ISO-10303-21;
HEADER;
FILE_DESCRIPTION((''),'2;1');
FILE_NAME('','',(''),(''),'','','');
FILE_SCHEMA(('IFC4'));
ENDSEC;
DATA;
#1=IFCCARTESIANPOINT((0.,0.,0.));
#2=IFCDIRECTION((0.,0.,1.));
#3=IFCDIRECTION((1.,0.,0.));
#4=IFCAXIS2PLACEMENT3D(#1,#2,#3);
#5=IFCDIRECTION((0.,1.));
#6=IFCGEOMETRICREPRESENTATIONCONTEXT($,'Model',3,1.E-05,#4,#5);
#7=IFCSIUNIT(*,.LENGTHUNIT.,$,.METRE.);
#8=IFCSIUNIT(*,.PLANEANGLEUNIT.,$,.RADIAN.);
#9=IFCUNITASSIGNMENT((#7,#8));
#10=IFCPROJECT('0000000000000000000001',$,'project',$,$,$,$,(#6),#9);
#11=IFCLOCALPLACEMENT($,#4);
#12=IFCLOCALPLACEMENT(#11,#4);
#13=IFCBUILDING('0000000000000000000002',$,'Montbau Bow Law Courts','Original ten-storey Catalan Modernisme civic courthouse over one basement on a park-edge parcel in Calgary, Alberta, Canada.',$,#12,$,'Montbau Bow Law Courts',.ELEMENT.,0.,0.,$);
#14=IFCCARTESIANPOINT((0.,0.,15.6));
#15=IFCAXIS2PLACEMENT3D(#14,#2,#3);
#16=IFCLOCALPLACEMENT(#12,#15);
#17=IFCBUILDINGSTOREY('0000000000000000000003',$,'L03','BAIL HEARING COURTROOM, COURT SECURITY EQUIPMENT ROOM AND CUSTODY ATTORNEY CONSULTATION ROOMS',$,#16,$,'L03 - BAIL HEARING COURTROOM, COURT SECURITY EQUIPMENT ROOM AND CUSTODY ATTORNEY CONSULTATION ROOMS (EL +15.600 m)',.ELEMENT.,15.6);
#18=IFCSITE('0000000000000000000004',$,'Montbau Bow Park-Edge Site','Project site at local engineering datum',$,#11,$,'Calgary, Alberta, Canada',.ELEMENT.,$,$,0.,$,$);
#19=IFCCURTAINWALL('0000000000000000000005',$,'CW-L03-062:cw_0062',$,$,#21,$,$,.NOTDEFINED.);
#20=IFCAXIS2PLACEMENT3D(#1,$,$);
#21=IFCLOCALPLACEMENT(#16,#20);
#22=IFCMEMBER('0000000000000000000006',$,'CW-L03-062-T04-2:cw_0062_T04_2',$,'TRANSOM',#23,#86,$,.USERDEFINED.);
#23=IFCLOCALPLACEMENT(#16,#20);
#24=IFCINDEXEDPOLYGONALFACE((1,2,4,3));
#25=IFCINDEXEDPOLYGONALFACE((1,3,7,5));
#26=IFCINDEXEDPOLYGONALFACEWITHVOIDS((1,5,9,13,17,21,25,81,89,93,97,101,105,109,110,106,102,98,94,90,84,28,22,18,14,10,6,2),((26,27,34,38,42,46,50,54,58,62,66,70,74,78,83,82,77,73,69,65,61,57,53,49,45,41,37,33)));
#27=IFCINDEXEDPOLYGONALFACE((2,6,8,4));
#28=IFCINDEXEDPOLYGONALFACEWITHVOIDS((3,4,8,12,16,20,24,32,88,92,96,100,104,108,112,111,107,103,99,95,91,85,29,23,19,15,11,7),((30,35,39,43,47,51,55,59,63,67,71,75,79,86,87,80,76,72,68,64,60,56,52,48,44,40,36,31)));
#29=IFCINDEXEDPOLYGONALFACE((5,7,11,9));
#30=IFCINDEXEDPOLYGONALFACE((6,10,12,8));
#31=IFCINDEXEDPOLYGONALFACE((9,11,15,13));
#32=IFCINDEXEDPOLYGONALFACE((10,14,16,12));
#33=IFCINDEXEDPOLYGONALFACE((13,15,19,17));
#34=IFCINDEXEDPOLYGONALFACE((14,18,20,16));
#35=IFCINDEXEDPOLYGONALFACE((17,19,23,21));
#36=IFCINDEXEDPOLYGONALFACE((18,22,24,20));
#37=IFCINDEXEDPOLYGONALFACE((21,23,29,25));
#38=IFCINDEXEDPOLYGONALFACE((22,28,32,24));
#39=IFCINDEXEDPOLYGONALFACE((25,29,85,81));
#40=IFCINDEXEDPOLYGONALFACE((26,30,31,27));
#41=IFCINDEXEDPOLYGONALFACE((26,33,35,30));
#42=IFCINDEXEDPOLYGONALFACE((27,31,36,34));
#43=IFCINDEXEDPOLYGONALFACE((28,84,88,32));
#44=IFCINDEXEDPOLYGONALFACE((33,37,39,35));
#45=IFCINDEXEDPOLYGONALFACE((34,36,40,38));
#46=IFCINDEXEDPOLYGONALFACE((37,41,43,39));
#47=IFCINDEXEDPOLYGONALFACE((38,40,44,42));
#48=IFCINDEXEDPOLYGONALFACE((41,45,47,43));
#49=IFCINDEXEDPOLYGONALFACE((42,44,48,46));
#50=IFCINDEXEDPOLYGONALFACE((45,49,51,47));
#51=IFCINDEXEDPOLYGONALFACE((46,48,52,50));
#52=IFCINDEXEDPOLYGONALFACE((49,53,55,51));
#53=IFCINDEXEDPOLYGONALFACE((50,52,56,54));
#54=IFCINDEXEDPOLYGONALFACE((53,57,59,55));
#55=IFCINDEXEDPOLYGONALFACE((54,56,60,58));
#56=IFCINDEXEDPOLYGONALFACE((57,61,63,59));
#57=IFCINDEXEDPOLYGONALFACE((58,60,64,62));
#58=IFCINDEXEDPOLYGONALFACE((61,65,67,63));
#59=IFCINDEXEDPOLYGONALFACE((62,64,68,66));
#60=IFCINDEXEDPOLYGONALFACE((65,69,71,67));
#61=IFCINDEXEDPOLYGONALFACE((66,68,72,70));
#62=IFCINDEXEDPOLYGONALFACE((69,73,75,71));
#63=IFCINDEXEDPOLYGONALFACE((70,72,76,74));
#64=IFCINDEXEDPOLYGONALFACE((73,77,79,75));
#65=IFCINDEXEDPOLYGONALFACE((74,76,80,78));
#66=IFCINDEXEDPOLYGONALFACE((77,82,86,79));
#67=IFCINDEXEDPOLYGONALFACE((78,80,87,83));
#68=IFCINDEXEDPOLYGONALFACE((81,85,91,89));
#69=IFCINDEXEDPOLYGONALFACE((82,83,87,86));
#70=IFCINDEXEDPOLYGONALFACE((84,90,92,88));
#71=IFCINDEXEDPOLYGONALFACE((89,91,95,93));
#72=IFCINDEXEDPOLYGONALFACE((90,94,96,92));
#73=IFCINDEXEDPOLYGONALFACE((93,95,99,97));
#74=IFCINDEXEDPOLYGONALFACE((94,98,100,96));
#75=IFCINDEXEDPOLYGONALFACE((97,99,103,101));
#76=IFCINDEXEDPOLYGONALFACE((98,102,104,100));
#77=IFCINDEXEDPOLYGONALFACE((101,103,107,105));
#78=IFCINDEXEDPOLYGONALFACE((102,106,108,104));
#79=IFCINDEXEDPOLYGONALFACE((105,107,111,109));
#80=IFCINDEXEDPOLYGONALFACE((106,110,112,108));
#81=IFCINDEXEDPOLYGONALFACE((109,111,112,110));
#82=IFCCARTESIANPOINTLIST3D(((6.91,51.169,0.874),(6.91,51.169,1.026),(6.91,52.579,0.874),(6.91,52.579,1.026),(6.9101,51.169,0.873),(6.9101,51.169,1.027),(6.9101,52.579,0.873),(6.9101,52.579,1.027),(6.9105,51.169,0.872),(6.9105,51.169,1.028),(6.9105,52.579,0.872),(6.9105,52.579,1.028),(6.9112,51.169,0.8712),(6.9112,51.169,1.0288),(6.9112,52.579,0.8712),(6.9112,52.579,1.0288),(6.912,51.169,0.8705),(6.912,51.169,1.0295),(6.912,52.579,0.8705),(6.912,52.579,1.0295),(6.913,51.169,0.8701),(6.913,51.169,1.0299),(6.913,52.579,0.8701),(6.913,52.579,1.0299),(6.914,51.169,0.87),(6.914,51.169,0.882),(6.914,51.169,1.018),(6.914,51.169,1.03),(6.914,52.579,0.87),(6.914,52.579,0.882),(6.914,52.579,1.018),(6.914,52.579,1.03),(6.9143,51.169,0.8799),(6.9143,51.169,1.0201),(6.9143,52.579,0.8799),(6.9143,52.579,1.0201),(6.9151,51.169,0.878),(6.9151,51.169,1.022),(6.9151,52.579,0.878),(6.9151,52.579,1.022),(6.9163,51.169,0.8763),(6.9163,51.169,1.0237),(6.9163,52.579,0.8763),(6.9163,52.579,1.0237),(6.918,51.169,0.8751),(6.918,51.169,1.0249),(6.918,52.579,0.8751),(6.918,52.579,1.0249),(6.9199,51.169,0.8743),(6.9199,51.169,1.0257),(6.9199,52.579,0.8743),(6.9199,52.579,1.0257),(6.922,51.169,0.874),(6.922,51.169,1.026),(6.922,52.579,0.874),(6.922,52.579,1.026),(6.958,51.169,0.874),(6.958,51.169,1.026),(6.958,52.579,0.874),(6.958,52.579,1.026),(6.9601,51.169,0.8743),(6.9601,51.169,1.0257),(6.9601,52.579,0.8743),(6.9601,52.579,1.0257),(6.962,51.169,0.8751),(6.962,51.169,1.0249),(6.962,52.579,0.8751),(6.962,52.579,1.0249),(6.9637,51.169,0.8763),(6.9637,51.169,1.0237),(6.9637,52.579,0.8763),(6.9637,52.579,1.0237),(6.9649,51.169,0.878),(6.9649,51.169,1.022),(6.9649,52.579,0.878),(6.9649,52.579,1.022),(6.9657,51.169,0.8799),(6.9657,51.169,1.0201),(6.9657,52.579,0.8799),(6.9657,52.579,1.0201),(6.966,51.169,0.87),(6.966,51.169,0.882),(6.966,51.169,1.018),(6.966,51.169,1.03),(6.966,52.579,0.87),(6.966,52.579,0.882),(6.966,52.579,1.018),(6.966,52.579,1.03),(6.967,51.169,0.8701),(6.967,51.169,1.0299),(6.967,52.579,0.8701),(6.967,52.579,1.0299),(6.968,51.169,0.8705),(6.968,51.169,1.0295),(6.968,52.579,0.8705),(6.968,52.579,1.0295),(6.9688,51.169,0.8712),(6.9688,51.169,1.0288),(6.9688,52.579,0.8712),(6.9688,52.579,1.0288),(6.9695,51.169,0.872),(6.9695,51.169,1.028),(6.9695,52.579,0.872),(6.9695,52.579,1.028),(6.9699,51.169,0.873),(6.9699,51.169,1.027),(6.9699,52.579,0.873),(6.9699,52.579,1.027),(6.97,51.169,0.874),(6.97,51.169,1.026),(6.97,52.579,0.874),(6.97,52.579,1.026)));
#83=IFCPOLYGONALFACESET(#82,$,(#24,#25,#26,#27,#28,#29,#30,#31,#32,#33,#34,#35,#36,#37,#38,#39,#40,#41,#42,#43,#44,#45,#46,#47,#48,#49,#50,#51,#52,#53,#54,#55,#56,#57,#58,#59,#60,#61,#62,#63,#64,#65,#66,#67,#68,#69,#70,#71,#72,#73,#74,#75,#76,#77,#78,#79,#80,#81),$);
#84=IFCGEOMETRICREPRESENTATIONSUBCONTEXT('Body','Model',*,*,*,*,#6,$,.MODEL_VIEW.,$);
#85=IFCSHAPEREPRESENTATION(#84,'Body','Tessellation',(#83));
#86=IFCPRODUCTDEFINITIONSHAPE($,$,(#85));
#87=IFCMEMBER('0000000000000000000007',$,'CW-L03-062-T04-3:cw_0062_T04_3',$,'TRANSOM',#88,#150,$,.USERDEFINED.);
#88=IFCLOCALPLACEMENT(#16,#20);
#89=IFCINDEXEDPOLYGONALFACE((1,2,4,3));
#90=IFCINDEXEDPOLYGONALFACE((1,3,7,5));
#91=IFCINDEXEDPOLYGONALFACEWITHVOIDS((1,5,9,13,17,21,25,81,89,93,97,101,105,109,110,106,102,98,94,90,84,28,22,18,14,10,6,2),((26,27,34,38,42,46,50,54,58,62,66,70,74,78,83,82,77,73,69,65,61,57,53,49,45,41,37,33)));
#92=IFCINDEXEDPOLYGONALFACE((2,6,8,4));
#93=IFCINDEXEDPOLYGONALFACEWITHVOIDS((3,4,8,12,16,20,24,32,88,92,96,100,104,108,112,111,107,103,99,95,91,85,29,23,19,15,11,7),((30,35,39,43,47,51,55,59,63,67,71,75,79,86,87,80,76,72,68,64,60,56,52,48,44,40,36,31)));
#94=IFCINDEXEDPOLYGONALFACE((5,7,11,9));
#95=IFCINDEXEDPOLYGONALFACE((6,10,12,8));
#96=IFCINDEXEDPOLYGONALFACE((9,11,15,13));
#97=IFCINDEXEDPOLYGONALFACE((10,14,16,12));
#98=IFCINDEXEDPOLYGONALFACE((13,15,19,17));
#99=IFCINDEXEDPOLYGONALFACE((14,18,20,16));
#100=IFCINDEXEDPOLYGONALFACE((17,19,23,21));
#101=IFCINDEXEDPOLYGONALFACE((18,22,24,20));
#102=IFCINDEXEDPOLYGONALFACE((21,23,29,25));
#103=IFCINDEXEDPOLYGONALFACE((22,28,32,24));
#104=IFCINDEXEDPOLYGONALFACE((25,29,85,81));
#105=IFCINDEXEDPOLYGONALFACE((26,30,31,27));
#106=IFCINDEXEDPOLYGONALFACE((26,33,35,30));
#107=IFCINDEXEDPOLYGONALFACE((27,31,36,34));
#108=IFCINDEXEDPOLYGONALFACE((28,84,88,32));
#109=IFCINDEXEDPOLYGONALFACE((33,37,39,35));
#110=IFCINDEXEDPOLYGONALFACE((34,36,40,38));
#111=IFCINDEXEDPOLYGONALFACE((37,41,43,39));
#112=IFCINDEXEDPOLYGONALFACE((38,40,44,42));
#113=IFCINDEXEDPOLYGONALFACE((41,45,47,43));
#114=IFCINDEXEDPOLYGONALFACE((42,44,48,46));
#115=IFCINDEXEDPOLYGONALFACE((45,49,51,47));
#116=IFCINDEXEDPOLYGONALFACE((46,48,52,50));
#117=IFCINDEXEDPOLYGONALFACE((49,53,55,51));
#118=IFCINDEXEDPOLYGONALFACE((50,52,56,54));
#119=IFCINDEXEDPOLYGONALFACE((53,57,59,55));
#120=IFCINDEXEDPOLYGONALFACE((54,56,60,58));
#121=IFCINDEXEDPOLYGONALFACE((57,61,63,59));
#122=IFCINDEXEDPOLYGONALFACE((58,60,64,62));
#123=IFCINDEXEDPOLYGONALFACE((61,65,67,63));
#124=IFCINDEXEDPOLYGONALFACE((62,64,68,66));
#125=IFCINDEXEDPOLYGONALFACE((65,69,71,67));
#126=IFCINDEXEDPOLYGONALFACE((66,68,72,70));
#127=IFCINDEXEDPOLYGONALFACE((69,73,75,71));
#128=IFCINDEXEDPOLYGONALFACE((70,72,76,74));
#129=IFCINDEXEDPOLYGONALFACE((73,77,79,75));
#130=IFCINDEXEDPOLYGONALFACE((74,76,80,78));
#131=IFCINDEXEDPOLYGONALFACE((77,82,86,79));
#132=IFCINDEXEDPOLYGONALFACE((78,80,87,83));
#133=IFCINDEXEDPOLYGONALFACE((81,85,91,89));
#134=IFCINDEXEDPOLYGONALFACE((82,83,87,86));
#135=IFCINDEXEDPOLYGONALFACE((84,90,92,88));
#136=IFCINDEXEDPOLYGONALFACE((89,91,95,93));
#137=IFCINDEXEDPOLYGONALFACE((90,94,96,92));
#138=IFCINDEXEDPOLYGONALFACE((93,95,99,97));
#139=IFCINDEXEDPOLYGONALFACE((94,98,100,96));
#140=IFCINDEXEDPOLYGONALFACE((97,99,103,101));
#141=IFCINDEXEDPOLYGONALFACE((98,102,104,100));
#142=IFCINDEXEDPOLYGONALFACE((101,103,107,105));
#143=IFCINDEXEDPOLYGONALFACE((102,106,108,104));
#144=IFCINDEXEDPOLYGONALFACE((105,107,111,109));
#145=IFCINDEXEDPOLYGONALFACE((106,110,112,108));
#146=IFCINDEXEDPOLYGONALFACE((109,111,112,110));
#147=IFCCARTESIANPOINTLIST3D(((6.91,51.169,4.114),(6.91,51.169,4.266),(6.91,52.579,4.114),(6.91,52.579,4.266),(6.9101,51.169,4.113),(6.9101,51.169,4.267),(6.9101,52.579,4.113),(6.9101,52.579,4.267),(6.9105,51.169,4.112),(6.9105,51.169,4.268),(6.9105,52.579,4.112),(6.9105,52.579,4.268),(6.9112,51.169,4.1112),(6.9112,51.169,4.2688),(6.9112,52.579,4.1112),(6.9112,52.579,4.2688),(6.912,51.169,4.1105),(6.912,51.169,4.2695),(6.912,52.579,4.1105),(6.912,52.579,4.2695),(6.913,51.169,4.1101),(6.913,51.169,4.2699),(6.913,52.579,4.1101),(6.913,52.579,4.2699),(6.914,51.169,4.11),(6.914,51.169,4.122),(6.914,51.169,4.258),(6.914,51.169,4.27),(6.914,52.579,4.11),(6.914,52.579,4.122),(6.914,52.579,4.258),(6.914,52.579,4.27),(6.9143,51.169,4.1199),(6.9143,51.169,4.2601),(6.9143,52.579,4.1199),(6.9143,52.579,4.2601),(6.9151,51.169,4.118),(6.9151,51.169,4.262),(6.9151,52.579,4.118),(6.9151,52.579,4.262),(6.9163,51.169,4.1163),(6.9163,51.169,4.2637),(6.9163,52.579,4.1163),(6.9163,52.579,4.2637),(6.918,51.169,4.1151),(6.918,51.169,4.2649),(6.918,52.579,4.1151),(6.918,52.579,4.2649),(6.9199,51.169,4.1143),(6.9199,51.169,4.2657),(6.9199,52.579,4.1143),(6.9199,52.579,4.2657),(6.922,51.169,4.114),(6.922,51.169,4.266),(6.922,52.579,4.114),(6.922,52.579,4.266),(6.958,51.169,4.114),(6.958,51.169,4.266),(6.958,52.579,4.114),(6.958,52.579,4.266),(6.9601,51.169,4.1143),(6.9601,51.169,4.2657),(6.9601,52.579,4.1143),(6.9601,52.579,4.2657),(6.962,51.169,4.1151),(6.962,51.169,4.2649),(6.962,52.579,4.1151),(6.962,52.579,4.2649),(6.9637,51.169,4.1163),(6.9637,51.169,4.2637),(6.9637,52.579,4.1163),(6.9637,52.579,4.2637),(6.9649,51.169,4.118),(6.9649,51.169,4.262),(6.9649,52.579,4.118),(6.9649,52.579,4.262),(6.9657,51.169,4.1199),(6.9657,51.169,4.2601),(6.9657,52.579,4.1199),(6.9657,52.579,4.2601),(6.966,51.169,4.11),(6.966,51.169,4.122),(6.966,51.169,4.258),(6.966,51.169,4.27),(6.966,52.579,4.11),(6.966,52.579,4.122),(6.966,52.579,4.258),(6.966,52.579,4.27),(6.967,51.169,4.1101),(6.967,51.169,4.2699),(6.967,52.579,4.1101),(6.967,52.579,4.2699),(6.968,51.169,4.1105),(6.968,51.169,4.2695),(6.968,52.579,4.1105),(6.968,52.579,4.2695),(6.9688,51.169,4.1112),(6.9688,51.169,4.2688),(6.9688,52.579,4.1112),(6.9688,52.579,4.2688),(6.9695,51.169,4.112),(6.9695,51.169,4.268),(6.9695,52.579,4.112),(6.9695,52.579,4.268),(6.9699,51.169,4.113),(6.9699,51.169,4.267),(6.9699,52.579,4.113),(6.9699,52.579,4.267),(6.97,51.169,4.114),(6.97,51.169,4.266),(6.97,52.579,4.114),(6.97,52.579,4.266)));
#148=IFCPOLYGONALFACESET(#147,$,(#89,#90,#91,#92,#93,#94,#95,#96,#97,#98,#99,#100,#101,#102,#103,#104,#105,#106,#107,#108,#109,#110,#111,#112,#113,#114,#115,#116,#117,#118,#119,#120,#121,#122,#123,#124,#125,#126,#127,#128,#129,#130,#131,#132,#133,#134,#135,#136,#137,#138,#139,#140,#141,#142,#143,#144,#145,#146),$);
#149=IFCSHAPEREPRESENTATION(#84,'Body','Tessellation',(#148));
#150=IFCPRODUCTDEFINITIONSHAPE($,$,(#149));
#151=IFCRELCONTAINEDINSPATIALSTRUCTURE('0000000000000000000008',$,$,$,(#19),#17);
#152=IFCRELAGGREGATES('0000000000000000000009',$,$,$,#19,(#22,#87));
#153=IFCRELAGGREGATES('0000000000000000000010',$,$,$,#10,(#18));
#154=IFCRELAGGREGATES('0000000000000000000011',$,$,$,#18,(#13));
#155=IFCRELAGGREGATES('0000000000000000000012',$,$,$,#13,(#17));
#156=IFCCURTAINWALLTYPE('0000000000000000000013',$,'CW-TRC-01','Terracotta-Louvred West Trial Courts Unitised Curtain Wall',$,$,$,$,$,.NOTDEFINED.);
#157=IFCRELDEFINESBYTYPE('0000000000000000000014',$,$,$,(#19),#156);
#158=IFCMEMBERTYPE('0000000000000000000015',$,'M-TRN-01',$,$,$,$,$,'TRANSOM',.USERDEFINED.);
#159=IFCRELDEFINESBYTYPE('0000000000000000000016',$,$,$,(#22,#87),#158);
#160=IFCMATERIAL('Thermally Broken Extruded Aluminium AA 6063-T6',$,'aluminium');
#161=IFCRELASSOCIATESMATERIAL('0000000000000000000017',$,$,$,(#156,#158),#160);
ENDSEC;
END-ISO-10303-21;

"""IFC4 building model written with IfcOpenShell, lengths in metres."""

from ifc_helpers import new_model, si_unit, direction, frame, origin_with_axes, origin_2d_with_axis, place, context, subcontext, project, spatial, hollow_rectangle, extrude, material, material_profile, profile_set, type_object, element, aggregate, save


model = new_model("IFC4")

# Units and contexts
model_context = context("Model", 3, precision=1e-05, world=origin_with_axes(), true_north=direction((0.0, 1.0)))
body_context = subcontext(model_context, "Body", "Model", "MODEL_VIEW")
ifc_project = project(units=[si_unit("LENGTHUNIT", "METRE"), si_unit("PLANEANGLEUNIT", "RADIAN")], contexts=[model_context])

# Site, building, storey
site_placement = place(None, origin_with_axes())
site = spatial("IfcSite", under=ifc_project, at=site_placement, Name="Montbau Bow Park-Edge Site", Description="Project site at local engineering datum", LongName="Calgary, Alberta, Canada", CompositionType="ELEMENT", RefElevation=0.0)
building_placement = place(site_placement, origin_with_axes())
building = spatial("IfcBuilding", under=site, at=building_placement, Name="Montbau Bow Law Courts", Description="Original ten-storey Catalan Modernisme civic courthouse over one basement on a park-edge parcel in Calgary, Alberta, Canada.", LongName="Montbau Bow Law Courts", CompositionType="ELEMENT", ElevationOfRefHeight=0.0, ElevationOfTerrain=0.0)
storey_placement = place(building_placement, frame((0.0, 0.0, 15.6), z_axis=(0.0, 0.0, 1.0), x_axis=(1.0, 0.0, 0.0)))
storey = spatial("IfcBuildingStorey", under=building, at=storey_placement, Name="L03", Description="BAIL HEARING COURTROOM, COURT SECURITY EQUIPMENT ROOM AND CUSTODY ATTORNEY CONSULTATION ROOMS", LongName="L03 - BAIL HEARING COURTROOM, COURT SECURITY EQUIPMENT ROOM AND CUSTODY ATTORNEY CONSULTATION ROOMS (EL +15.600 m)", CompositionType="ELEMENT", Elevation=15.6)

# Curtain wall, members
ifc_material_1 = material(Name="Thermally Broken Extruded Aluminium AA 6063-T6", Category="aluminium")
curtain_wall_type = type_object("IfcCurtainWallType", Name="CW-TRC-01", Description="Terracotta-Louvred West Trial Courts Unitised Curtain Wall", PredefinedType="NOTDEFINED", material=ifc_material_1)
curtain_wall_1_placement = place(None, frame((6.94, 46.715, 15.6), z_axis=(0.0, 0.0, 1.0), x_axis=(1.0, 0.0, 0.0)))
curtain_wall_1 = element("IfcCurtainWall", 1, at=curtain_wall_1_placement, inside=storey, type_object=curtain_wall_type, Name="CW-L03-062:cw_0062", PredefinedType="NOTDEFINED")
ifc_material_profile_1 = material_profile(ifc_material_1, hollow_rectangle(XDim=0.06, YDim=0.16, WallThickness=0.004, InnerFilletRadius=0.008, OuterFilletRadius=0.004, at=origin_2d_with_axis()), Name="CWT-160X60", Category="Main", Priority=0)
ifc_profile_set_1 = profile_set([ifc_material_profile_1], Name="Thermally Broken Extruded Aluminium AA 6063-T6")
member_type_1 = type_object("IfcMemberType", Name="M-TRN-01", ElementType="TRANSOM", PredefinedType="USERDEFINED", material=ifc_profile_set_1)
member_1_placement = place(None, frame((6.94, 51.169, 16.55), z_axis=(0.0, 1.0, 0.0), x_axis=(-1.0, 0.0, 0.0)))
member_1 = element("IfcMember", 2, at=member_1_placement, type_object=member_type_1, Name="CW-L03-062-T04-2:cw_0062_T04_2", ObjectType="TRANSOM", PredefinedType="USERDEFINED", context=body_context, shape_type="SweptSolid", body=[
    extrude(hollow_rectangle(XDim=0.06, YDim=0.16, WallThickness=0.004, InnerFilletRadius=0.008, OuterFilletRadius=0.004, at=origin_2d_with_axis()), origin_with_axes(), (0.0, 0.0, 1.0), 1.41),
])
member_2_placement = place(None, frame((6.94, 51.169, 19.79), z_axis=(0.0, 1.0, 0.0), x_axis=(-1.0, 0.0, 0.0)))
member_2 = element("IfcMember", 3, at=member_2_placement, type_object=member_type_1, Name="CW-L03-062-T04-3:cw_0062_T04_3", ObjectType="TRANSOM", PredefinedType="USERDEFINED", context=body_context, shape_type="SweptSolid", body=[
    extrude(hollow_rectangle(XDim=0.06, YDim=0.16, WallThickness=0.004, InnerFilletRadius=0.008, OuterFilletRadius=0.004, at=origin_2d_with_axis()), origin_with_axes(), (0.0, 0.0, 1.0), 1.41),
])

aggregate(curtain_wall_1, [member_1, member_2])

save(model, "model.ifc")
